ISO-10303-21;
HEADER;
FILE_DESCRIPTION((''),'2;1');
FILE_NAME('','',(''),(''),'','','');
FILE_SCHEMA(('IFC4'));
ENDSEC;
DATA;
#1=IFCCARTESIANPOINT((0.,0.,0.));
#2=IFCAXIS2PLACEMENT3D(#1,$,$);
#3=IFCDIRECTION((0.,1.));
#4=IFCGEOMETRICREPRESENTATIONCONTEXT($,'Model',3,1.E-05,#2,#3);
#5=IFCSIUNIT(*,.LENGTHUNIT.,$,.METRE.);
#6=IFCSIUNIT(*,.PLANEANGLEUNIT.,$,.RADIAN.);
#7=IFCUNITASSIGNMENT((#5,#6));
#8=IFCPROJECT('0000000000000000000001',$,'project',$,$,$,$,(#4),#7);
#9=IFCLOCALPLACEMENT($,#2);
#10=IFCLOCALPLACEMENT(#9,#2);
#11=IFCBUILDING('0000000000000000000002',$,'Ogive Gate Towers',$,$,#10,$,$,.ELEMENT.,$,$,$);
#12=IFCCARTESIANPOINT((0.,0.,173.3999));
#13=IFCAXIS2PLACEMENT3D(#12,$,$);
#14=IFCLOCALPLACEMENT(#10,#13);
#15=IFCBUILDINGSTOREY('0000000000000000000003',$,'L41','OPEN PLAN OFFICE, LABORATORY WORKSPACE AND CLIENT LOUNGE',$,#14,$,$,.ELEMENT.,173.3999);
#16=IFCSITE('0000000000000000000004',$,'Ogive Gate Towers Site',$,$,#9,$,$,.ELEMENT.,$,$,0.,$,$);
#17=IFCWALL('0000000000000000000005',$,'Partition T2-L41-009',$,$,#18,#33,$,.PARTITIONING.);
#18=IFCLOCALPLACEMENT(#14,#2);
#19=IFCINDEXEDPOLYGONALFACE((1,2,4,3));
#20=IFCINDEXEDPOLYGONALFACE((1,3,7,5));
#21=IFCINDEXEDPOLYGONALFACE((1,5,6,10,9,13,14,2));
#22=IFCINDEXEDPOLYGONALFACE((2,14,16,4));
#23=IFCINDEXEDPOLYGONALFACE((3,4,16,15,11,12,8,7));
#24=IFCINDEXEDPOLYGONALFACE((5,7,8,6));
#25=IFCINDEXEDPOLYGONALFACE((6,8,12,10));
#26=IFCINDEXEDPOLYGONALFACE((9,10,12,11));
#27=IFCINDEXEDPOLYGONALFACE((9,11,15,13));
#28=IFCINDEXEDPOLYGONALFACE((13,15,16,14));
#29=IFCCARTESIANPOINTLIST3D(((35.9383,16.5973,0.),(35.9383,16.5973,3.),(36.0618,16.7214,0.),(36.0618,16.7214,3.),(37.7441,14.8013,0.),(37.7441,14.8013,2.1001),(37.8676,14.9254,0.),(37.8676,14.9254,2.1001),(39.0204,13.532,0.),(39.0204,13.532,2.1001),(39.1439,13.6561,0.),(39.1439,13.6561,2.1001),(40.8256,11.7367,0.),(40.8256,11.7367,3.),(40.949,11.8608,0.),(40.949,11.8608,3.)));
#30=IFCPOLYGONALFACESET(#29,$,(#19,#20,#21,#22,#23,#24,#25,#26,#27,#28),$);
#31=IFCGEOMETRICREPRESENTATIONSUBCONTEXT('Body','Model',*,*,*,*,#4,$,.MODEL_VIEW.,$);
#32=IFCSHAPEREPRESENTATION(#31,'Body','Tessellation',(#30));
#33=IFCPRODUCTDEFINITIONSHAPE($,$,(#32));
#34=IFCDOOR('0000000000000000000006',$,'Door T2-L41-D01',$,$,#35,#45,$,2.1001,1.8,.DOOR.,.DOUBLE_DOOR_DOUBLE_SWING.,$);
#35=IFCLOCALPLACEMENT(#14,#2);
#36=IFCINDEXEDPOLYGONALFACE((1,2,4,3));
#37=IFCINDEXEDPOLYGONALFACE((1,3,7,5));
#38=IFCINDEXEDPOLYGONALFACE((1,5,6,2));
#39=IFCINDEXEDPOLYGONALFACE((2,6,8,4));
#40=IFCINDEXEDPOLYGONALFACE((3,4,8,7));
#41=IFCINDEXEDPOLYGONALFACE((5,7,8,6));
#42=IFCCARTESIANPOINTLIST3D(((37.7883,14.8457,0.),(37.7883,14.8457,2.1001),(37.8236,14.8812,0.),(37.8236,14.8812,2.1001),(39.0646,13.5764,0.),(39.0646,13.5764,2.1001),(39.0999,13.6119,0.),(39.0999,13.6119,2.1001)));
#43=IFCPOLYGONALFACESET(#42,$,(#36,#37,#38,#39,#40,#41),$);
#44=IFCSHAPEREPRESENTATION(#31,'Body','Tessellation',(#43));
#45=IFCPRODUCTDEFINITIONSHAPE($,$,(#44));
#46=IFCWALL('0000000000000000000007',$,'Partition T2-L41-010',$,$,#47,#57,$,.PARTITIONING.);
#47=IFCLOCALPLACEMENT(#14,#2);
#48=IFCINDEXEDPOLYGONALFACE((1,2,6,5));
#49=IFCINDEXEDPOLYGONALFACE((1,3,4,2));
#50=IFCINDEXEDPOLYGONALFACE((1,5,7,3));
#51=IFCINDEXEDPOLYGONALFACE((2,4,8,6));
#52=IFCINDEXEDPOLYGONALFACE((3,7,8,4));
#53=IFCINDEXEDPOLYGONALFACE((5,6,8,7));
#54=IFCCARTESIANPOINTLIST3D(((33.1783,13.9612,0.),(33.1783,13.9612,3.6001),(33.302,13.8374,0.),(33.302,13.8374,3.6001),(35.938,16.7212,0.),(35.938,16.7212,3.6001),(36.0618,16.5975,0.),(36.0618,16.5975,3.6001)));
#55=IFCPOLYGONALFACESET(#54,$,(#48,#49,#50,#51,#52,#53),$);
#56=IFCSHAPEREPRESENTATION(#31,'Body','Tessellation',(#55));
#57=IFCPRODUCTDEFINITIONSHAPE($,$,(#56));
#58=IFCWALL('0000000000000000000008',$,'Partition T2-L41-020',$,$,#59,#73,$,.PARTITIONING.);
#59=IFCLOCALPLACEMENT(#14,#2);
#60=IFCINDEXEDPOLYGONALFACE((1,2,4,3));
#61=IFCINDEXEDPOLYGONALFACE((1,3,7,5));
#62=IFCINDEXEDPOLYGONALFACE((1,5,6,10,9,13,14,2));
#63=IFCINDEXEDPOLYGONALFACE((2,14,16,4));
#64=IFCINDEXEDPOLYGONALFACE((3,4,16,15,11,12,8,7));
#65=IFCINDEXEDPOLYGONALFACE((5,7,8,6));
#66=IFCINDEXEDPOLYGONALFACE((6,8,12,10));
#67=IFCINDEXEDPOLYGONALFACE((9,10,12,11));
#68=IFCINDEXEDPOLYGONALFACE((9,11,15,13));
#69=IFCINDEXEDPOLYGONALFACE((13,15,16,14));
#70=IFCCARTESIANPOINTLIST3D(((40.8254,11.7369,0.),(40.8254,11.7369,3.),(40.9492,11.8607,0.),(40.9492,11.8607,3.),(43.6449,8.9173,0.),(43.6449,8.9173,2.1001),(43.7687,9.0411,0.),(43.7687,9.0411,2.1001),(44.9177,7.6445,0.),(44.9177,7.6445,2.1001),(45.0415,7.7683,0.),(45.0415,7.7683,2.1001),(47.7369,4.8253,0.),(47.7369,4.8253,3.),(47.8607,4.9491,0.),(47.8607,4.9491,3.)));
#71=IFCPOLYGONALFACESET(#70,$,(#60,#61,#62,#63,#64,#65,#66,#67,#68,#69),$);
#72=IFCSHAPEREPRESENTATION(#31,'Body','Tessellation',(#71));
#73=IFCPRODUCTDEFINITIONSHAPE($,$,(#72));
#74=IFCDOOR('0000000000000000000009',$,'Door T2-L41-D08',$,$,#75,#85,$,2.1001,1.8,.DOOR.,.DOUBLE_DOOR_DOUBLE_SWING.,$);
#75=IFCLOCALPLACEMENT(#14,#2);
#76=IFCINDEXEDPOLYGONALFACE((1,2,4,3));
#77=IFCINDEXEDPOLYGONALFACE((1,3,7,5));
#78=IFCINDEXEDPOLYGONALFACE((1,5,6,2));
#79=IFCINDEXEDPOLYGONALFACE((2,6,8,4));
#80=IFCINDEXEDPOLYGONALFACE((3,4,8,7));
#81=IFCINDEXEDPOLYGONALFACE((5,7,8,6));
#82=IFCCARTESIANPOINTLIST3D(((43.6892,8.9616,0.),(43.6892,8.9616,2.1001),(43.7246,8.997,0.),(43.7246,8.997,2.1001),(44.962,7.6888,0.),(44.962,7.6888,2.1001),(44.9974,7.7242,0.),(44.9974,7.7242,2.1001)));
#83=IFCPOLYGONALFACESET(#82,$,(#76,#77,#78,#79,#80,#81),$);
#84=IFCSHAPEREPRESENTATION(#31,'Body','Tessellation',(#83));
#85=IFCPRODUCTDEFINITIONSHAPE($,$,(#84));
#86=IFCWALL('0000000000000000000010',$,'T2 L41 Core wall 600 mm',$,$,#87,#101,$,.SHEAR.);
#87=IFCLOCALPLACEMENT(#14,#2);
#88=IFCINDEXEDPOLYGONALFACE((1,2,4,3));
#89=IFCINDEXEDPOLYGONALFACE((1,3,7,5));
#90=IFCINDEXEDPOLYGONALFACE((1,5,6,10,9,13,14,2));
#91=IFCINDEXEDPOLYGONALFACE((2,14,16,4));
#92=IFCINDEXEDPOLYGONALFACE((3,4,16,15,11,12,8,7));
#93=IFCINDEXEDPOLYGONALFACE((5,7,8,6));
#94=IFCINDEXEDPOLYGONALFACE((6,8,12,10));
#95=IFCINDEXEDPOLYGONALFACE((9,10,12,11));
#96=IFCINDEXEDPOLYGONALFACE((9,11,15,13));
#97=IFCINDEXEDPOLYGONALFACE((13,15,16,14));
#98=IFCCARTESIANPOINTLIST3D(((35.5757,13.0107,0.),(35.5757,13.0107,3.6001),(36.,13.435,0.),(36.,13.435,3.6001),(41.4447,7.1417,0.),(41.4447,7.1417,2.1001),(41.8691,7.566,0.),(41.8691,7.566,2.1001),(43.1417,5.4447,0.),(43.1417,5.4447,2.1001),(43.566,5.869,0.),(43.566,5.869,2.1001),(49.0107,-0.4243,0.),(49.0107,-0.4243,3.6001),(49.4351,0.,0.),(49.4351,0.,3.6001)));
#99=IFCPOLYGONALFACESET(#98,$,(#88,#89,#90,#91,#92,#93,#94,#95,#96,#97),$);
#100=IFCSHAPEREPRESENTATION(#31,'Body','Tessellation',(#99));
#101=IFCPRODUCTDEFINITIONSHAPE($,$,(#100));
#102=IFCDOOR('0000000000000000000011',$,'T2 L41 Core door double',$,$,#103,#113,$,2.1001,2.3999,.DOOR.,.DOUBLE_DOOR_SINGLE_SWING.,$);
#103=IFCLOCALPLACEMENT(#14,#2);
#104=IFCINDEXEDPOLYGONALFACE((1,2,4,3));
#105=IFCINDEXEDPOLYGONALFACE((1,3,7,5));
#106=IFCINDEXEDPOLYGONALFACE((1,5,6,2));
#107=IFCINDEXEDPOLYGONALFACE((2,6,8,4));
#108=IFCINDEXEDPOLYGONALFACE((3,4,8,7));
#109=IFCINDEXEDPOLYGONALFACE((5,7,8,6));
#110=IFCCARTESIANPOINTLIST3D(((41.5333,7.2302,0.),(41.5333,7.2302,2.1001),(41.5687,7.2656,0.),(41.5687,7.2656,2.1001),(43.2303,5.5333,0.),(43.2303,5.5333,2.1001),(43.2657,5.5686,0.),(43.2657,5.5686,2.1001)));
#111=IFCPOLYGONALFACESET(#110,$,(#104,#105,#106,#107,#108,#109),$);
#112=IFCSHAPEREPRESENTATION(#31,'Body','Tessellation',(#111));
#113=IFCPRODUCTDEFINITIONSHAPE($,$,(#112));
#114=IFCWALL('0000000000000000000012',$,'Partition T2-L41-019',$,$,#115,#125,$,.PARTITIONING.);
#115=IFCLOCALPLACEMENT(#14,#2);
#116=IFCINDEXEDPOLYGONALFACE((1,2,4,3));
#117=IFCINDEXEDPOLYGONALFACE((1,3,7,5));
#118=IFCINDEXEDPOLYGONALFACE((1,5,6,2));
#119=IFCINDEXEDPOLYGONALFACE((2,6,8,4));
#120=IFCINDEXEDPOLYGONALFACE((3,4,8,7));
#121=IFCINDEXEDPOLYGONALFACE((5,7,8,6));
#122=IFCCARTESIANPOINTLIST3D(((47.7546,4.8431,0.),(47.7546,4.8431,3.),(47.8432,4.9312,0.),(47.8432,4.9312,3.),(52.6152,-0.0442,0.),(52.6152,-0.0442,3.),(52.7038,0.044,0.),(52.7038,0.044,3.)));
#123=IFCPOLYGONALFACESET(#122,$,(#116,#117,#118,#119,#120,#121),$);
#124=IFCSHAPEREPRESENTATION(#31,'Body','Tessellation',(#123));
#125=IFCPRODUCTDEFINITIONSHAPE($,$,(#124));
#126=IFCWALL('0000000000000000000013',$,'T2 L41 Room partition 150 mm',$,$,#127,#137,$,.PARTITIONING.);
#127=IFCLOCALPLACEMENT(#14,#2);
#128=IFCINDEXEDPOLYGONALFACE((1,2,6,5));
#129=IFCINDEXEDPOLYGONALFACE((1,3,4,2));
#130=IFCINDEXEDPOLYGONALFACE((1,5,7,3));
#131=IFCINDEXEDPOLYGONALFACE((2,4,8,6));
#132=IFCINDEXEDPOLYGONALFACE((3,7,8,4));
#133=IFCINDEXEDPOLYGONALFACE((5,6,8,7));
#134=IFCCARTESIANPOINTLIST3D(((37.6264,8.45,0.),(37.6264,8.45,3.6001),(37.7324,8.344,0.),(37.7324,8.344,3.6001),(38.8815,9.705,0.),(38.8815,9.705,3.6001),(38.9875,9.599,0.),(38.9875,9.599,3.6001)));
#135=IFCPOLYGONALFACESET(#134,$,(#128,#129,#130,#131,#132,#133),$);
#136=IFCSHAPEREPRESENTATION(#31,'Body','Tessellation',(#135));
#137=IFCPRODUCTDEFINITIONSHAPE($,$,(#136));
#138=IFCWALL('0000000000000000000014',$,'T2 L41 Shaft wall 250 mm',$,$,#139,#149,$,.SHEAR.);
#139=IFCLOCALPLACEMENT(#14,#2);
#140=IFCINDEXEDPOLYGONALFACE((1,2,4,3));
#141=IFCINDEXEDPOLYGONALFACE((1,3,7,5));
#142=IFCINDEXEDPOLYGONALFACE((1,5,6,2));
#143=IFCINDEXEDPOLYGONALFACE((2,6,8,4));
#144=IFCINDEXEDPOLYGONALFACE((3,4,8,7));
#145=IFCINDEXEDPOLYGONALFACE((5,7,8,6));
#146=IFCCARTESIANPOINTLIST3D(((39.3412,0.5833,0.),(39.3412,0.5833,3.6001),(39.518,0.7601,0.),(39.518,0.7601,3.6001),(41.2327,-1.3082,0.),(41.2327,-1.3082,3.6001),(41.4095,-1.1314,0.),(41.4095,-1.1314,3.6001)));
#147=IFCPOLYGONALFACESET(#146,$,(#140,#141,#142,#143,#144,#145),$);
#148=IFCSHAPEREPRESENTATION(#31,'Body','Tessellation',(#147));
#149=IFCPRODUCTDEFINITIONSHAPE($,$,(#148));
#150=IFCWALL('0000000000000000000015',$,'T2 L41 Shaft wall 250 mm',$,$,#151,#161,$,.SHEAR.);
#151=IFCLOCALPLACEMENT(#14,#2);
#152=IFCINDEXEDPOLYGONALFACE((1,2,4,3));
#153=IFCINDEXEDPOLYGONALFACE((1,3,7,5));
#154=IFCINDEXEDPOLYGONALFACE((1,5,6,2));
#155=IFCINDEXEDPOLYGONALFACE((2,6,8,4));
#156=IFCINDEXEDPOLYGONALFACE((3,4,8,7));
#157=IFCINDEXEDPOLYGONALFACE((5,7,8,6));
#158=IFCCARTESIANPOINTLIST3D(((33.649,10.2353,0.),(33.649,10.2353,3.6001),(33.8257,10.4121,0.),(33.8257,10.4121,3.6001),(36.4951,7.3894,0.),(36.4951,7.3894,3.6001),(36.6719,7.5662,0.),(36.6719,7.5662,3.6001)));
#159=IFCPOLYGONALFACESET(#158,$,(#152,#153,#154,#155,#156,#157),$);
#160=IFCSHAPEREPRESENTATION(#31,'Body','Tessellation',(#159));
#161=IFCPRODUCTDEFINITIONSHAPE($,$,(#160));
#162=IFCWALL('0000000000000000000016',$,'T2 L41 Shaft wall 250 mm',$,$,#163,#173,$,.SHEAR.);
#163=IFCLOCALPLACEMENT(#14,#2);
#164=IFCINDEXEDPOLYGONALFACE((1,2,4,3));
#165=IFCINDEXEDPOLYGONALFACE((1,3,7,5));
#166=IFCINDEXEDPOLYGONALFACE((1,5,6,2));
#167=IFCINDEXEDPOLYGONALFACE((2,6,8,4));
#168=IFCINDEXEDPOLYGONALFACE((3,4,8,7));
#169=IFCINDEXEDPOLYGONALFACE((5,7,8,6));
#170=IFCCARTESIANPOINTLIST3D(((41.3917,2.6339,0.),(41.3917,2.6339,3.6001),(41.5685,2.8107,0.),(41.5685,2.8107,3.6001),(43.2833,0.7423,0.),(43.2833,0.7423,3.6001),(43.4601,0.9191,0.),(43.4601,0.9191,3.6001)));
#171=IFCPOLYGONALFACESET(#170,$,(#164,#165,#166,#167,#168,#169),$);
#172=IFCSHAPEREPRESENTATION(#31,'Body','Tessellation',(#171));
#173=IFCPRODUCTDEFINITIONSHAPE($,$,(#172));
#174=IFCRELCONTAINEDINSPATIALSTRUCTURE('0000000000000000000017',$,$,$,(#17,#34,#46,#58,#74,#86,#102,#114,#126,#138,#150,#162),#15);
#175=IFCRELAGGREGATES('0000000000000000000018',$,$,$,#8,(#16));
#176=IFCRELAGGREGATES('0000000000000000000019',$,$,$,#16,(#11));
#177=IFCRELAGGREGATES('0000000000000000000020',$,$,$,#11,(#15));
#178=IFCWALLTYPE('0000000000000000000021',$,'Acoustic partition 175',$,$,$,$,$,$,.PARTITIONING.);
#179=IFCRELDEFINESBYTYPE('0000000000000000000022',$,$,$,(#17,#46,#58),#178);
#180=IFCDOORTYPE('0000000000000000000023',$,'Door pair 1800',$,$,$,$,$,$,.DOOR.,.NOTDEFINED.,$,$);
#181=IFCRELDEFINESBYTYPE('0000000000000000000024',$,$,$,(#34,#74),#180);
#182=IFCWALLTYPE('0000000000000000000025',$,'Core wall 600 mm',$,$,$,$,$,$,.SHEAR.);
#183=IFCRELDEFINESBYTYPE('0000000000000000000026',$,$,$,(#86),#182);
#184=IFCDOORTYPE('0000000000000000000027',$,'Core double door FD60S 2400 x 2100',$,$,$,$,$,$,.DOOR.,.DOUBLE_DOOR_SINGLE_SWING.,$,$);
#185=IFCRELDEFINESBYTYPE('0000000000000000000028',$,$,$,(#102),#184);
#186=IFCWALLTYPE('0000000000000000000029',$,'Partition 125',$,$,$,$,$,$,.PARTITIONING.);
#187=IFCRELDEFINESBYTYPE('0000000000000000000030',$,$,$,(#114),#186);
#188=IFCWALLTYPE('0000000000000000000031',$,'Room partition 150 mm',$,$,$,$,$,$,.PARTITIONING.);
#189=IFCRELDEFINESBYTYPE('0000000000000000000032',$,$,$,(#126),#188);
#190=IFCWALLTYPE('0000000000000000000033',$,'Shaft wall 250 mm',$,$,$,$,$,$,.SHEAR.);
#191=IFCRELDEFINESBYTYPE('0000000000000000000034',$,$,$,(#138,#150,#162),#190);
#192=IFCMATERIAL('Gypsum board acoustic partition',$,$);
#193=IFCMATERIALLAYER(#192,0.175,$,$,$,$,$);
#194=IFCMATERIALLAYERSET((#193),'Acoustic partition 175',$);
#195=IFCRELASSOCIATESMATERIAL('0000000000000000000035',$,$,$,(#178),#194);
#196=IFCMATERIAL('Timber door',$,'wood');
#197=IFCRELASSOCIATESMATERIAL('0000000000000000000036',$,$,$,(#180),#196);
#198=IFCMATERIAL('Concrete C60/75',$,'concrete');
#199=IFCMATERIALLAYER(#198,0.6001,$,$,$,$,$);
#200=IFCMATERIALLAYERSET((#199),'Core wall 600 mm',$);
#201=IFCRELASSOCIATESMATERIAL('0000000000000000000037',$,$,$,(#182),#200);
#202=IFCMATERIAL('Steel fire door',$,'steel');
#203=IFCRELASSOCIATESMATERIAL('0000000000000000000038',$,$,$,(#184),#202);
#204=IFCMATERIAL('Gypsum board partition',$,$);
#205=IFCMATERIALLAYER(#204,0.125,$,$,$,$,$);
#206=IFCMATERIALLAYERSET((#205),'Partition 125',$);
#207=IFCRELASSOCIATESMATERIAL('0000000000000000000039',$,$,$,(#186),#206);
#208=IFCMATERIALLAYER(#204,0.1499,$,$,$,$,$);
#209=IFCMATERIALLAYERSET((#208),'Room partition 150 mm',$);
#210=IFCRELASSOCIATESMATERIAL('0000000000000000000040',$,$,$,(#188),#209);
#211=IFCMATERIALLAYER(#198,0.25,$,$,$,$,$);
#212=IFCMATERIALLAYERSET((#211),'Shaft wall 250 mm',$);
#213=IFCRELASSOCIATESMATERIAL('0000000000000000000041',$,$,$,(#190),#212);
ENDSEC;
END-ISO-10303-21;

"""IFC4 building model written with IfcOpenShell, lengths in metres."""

from ifc_helpers import new_model, si_unit, direction, frame, frame_2d, origin, place, context, subcontext, project, spatial, rectangle, extrude, material, layer, layer_set, type_object, element, fill, save


model = new_model("IFC4")

# Units and contexts
model_context = context("Model", 3, precision=1e-05, world=origin(), true_north=direction((0.0, 1.0)))
body_context = subcontext(model_context, "Body", "Model", "MODEL_VIEW")
ifc_project = project(units=[si_unit("LENGTHUNIT", "METRE"), si_unit("PLANEANGLEUNIT", "RADIAN")], contexts=[model_context])

# Site, building, storey
site_placement = place(None, origin())
site = spatial("IfcSite", under=ifc_project, at=site_placement, Name="Ogive Gate Towers Site", CompositionType="ELEMENT", RefElevation=0.0)
building_placement = place(site_placement, origin())
building = spatial("IfcBuilding", under=site, at=building_placement, Name="Ogive Gate Towers", CompositionType="ELEMENT")
storey_placement = place(building_placement, frame((0.0, 0.0, 173.3999)))
storey = spatial("IfcBuildingStorey", under=building, at=storey_placement, Name="L41", Description="OPEN PLAN OFFICE, LABORATORY WORKSPACE AND CLIENT LOUNGE", CompositionType="ELEMENT", Elevation=173.3999)

# Shared definitions
ifc_material_1 = material(Name="Gypsum board acoustic partition")
ifc_layer_1 = layer(ifc_material_1, 0.175)
ifc_layer_set_1 = layer_set([ifc_layer_1], Name="Acoustic partition 175")
wall_type_1 = type_object("IfcWallType", Name="Acoustic partition 175", PredefinedType="PARTITIONING", material=ifc_layer_set_1)

# Wall, opening, door
wall_1_placement = place(storey_placement, frame((40.8872, 11.7988, 0.0), z_axis=(0.0, 0.0, 1.0), x_axis=(-0.709035, 0.705174, 0.0)))
wall_1 = element("IfcWall", 1, at=wall_1_placement, inside=storey, type_object=wall_type_1, Name="Partition T2-L41-009", PredefinedType="PARTITIONING", context=body_context, shape_type="SweptSolid", body=[
    extrude(rectangle(XDim=6.8928, YDim=0.175, at=frame_2d((3.4463, 0.0))), origin(), (0.0, 0.0, 1.0), 3.0),
])
opening_1_placement = place(wall_1_placement, frame((2.5459, 0.0, 0.0)))
opening_1 = element("IfcOpeningElement", 2, at=opening_1_placement, cuts=wall_1, PredefinedType="OPENING", context=body_context, shape_type="SweptSolid", body=[
    extrude(rectangle(XDim=1.8, YDim=2.1001, at=frame_2d((0.8999, 1.05))), frame((0.0, 0.0977, 0.0), z_axis=(0.0, -1.0, 0.0), x_axis=(1.0, 0.0, 0.0)), (0.0, 0.0, 1.0), 0.1951),
])
ifc_material_2 = material(Name="Timber door", Category="wood")
door_type_1 = type_object("IfcDoorType", Name="Door pair 1800", OperationType="NOTDEFINED", PredefinedType="DOOR", material=ifc_material_2)
door_1_placement = place(opening_1_placement, origin())
door_1 = element("IfcDoor", 3, at=door_1_placement, inside=storey, type_object=door_type_1, Name="Door T2-L41-D01", OperationType="DOUBLE_DOOR_DOUBLE_SWING", OverallHeight=2.1001, OverallWidth=1.8, PredefinedType="DOOR", context=body_context, shape_type="SweptSolid", body=[
    extrude(rectangle(XDim=1.8, YDim=2.1001, at=frame_2d((0.8999, 1.05))), frame((0.0, 0.0249, 0.0), z_axis=(0.0, -1.0, 0.0), x_axis=(1.0, 0.0, 0.0)), (0.0, 0.0, 1.0), 0.05),
])
fill(opening_1, door_1)

# Wall
wall_2_placement = place(storey_placement, frame((36.0, 16.6594, 0.0), z_axis=(0.0, 0.0, 1.0), x_axis=(-0.707076, -0.707138, 0.0)))
element("IfcWall", 4, at=wall_2_placement, inside=storey, type_object=wall_type_1, Name="Partition T2-L41-010", PredefinedType="PARTITIONING", context=body_context, shape_type="SweptSolid", body=[
    extrude(rectangle(XDim=3.9031, YDim=0.175, at=frame_2d((1.9517, 0.0))), origin(), (0.0, 0.0, 1.0), 3.6001),
])

# Walls, openings, doors
wall_3_placement = place(storey_placement, frame((47.7988, 4.8872, 0.0), z_axis=(0.0, 0.0, 1.0), x_axis=(-0.707107, 0.707107, 0.0)))
wall_3 = element("IfcWall", 5, at=wall_3_placement, inside=storey, type_object=wall_type_1, Name="Partition T2-L41-020", PredefinedType="PARTITIONING", context=body_context, shape_type="SweptSolid", body=[
    extrude(rectangle(XDim=9.7744, YDim=0.175, at=frame_2d((4.8872, 0.0))), origin(), (0.0, 0.0, 1.0), 3.0),
])
opening_2_placement = place(wall_3_placement, frame((3.9871, 0.0, 0.0)))
opening_2 = element("IfcOpeningElement", 6, at=opening_2_placement, cuts=wall_3, PredefinedType="OPENING", context=body_context, shape_type="SweptSolid", body=[
    extrude(rectangle(XDim=1.8, YDim=2.1001, at=frame_2d((0.8999, 1.05))), frame((0.0, 0.0977, 0.0), z_axis=(0.0, -1.0, 0.0), x_axis=(1.0, 0.0, 0.0)), (0.0, 0.0, 1.0), 0.1951),
])
door_2_placement = place(opening_2_placement, origin())
door_2 = element("IfcDoor", 7, at=door_2_placement, inside=storey, type_object=door_type_1, Name="Door T2-L41-D08", OperationType="DOUBLE_DOOR_DOUBLE_SWING", OverallHeight=2.1001, OverallWidth=1.8, PredefinedType="DOOR", context=body_context, shape_type="SweptSolid", body=[
    extrude(rectangle(XDim=1.8, YDim=2.1001, at=frame_2d((0.8999, 1.05))), frame((0.0, 0.0249, 0.0), z_axis=(0.0, -1.0, 0.0), x_axis=(1.0, 0.0, 0.0)), (0.0, 0.0, 1.0), 0.05),
])
fill(opening_2, door_2)
ifc_material_3 = material(Name="Concrete C60/75", Category="concrete")
ifc_layer_2 = layer(ifc_material_3, 0.6001)
ifc_layer_set_2 = layer_set([ifc_layer_2], Name="Core wall 600 mm")
wall_type_2 = type_object("IfcWallType", Name="Core wall 600 mm", PredefinedType="SHEAR", material=ifc_layer_set_2)
wall_4_placement = place(storey_placement, frame((49.2229, -0.2122, 0.0), z_axis=(0.0, 0.0, 1.0), x_axis=(-0.707107, 0.707107, 0.0)))
wall_4 = element("IfcWall", 8, at=wall_4_placement, inside=storey, type_object=wall_type_2, Name="T2 L41 Core wall 600 mm", PredefinedType="SHEAR", context=body_context, shape_type="SweptSolid", body=[
    extrude(rectangle(XDim=19.0, YDim=0.6001, at=frame_2d((9.5, 0.0))), origin(), (0.0, 0.0, 1.0), 3.6001),
])
opening_3_placement = place(wall_4_placement, frame((8.3, 0.0, 0.0)))
opening_3 = element("IfcOpeningElement", 9, at=opening_3_placement, cuts=wall_4, PredefinedType="OPENING", context=body_context, shape_type="SweptSolid", body=[
    extrude(rectangle(XDim=2.3999, YDim=2.1001, at=frame_2d((1.2, 1.05))), frame((0.0, 0.3101, 0.0), z_axis=(0.0, -1.0, 0.0), x_axis=(1.0, 0.0, 0.0)), (0.0, 0.0, 1.0), 0.6201),
])
ifc_material_4 = material(Name="Steel fire door", Category="steel")
door_type_2 = type_object("IfcDoorType", Name="Core double door FD60S 2400 x 2100", OperationType="DOUBLE_DOOR_SINGLE_SWING", PredefinedType="DOOR", material=ifc_material_4)
door_3_placement = place(opening_3_placement, origin())
door_3 = element("IfcDoor", 10, at=door_3_placement, inside=storey, type_object=door_type_2, Name="T2 L41 Core door double", OperationType="DOUBLE_DOOR_SINGLE_SWING", OverallHeight=2.1001, OverallWidth=2.3999, PredefinedType="DOOR", context=body_context, shape_type="SweptSolid", body=[
    extrude(rectangle(XDim=2.3999, YDim=2.1001, at=frame_2d((1.2, 1.05))), frame((0.0, 0.1748, 0.0), z_axis=(0.0, -1.0, 0.0), x_axis=(1.0, 0.0, 0.0)), (0.0, 0.0, 1.0), 0.05),
])
fill(opening_3, door_3)

# Walls
ifc_material_5 = material(Name="Gypsum board partition")
ifc_layer_3 = layer(ifc_material_5, 0.125)
ifc_layer_set_3 = layer_set([ifc_layer_3], Name="Partition 125")
wall_type_3 = type_object("IfcWallType", Name="Partition 125", PredefinedType="PARTITIONING", material=ifc_layer_set_3)
wall_5_placement = place(storey_placement, frame((52.6594, 0.0, 0.0), z_axis=(0.0, 0.0, 1.0), x_axis=(-0.705174, 0.709035, 0.0)))
element("IfcWall", 11, at=wall_5_placement, inside=storey, type_object=wall_type_3, Name="Partition T2-L41-019", PredefinedType="PARTITIONING", context=body_context, shape_type="SweptSolid", body=[
    extrude(rectangle(XDim=6.8928, YDim=0.125, at=frame_2d((3.4463, 0.0))), origin(), (0.0, 0.0, 1.0), 3.0),
])
ifc_layer_4 = layer(ifc_material_5, 0.1499)
ifc_layer_set_4 = layer_set([ifc_layer_4], Name="Room partition 150 mm")
wall_type_4 = type_object("IfcWallType", Name="Room partition 150 mm", PredefinedType="PARTITIONING", material=ifc_layer_set_4)
wall_6_placement = place(storey_placement, frame((37.6794, 8.397, 0.0), z_axis=(0.0, 0.0, 1.0), x_axis=(0.707107, 0.707107, 0.0)))
element("IfcWall", 12, at=wall_6_placement, inside=storey, type_object=wall_type_4, Name="T2 L41 Room partition 150 mm", PredefinedType="PARTITIONING", context=body_context, shape_type="SweptSolid", body=[
    extrude(rectangle(XDim=1.7749, YDim=0.1499, at=frame_2d((0.8875, 0.0))), origin(), (0.0, 0.0, 1.0), 3.6001),
])
ifc_layer_5 = layer(ifc_material_3, 0.25)
ifc_layer_set_5 = layer_set([ifc_layer_5], Name="Shaft wall 250 mm")
wall_type_5 = type_object("IfcWallType", Name="Shaft wall 250 mm", PredefinedType="SHEAR", material=ifc_layer_set_5)
wall_7_placement = place(storey_placement, frame((41.321, -1.2197, 0.0), z_axis=(0.0, 0.0, 1.0), x_axis=(-0.707107, 0.707107, 0.0)))
element("IfcWall", 13, at=wall_7_placement, inside=storey, type_object=wall_type_5, Name="T2 L41 Shaft wall 250 mm", PredefinedType="SHEAR", context=body_context, shape_type="SweptSolid", body=[
    extrude(rectangle(XDim=2.675, YDim=0.25, at=frame_2d((1.3374, 0.0))), origin(), (0.0, 0.0, 1.0), 3.6001),
])
wall_8_placement = place(storey_placement, frame((36.5835, 7.4778, 0.0), z_axis=(0.0, 0.0, 1.0), x_axis=(-0.707137, 0.707076, 0.0)))
element("IfcWall", 14, at=wall_8_placement, inside=storey, type_object=wall_type_5, Name="T2 L41 Shaft wall 250 mm", PredefinedType="SHEAR", context=body_context, shape_type="SweptSolid", body=[
    extrude(rectangle(XDim=4.0249, YDim=0.25, at=frame_2d((2.0125, 0.0))), origin(), (0.0, 0.0, 1.0), 3.6001),
])
wall_9_placement = place(storey_placement, frame((43.3716, 0.8308, 0.0), z_axis=(0.0, 0.0, 1.0), x_axis=(-0.707107, 0.707107, 0.0)))
element("IfcWall", 15, at=wall_9_placement, inside=storey, type_object=wall_type_5, Name="T2 L41 Shaft wall 250 mm", PredefinedType="SHEAR", context=body_context, shape_type="SweptSolid", body=[
    extrude(rectangle(XDim=2.675, YDim=0.25, at=frame_2d((1.3374, 0.0))), origin(), (0.0, 0.0, 1.0), 3.6001),
])

save(model, "model.ifc")
